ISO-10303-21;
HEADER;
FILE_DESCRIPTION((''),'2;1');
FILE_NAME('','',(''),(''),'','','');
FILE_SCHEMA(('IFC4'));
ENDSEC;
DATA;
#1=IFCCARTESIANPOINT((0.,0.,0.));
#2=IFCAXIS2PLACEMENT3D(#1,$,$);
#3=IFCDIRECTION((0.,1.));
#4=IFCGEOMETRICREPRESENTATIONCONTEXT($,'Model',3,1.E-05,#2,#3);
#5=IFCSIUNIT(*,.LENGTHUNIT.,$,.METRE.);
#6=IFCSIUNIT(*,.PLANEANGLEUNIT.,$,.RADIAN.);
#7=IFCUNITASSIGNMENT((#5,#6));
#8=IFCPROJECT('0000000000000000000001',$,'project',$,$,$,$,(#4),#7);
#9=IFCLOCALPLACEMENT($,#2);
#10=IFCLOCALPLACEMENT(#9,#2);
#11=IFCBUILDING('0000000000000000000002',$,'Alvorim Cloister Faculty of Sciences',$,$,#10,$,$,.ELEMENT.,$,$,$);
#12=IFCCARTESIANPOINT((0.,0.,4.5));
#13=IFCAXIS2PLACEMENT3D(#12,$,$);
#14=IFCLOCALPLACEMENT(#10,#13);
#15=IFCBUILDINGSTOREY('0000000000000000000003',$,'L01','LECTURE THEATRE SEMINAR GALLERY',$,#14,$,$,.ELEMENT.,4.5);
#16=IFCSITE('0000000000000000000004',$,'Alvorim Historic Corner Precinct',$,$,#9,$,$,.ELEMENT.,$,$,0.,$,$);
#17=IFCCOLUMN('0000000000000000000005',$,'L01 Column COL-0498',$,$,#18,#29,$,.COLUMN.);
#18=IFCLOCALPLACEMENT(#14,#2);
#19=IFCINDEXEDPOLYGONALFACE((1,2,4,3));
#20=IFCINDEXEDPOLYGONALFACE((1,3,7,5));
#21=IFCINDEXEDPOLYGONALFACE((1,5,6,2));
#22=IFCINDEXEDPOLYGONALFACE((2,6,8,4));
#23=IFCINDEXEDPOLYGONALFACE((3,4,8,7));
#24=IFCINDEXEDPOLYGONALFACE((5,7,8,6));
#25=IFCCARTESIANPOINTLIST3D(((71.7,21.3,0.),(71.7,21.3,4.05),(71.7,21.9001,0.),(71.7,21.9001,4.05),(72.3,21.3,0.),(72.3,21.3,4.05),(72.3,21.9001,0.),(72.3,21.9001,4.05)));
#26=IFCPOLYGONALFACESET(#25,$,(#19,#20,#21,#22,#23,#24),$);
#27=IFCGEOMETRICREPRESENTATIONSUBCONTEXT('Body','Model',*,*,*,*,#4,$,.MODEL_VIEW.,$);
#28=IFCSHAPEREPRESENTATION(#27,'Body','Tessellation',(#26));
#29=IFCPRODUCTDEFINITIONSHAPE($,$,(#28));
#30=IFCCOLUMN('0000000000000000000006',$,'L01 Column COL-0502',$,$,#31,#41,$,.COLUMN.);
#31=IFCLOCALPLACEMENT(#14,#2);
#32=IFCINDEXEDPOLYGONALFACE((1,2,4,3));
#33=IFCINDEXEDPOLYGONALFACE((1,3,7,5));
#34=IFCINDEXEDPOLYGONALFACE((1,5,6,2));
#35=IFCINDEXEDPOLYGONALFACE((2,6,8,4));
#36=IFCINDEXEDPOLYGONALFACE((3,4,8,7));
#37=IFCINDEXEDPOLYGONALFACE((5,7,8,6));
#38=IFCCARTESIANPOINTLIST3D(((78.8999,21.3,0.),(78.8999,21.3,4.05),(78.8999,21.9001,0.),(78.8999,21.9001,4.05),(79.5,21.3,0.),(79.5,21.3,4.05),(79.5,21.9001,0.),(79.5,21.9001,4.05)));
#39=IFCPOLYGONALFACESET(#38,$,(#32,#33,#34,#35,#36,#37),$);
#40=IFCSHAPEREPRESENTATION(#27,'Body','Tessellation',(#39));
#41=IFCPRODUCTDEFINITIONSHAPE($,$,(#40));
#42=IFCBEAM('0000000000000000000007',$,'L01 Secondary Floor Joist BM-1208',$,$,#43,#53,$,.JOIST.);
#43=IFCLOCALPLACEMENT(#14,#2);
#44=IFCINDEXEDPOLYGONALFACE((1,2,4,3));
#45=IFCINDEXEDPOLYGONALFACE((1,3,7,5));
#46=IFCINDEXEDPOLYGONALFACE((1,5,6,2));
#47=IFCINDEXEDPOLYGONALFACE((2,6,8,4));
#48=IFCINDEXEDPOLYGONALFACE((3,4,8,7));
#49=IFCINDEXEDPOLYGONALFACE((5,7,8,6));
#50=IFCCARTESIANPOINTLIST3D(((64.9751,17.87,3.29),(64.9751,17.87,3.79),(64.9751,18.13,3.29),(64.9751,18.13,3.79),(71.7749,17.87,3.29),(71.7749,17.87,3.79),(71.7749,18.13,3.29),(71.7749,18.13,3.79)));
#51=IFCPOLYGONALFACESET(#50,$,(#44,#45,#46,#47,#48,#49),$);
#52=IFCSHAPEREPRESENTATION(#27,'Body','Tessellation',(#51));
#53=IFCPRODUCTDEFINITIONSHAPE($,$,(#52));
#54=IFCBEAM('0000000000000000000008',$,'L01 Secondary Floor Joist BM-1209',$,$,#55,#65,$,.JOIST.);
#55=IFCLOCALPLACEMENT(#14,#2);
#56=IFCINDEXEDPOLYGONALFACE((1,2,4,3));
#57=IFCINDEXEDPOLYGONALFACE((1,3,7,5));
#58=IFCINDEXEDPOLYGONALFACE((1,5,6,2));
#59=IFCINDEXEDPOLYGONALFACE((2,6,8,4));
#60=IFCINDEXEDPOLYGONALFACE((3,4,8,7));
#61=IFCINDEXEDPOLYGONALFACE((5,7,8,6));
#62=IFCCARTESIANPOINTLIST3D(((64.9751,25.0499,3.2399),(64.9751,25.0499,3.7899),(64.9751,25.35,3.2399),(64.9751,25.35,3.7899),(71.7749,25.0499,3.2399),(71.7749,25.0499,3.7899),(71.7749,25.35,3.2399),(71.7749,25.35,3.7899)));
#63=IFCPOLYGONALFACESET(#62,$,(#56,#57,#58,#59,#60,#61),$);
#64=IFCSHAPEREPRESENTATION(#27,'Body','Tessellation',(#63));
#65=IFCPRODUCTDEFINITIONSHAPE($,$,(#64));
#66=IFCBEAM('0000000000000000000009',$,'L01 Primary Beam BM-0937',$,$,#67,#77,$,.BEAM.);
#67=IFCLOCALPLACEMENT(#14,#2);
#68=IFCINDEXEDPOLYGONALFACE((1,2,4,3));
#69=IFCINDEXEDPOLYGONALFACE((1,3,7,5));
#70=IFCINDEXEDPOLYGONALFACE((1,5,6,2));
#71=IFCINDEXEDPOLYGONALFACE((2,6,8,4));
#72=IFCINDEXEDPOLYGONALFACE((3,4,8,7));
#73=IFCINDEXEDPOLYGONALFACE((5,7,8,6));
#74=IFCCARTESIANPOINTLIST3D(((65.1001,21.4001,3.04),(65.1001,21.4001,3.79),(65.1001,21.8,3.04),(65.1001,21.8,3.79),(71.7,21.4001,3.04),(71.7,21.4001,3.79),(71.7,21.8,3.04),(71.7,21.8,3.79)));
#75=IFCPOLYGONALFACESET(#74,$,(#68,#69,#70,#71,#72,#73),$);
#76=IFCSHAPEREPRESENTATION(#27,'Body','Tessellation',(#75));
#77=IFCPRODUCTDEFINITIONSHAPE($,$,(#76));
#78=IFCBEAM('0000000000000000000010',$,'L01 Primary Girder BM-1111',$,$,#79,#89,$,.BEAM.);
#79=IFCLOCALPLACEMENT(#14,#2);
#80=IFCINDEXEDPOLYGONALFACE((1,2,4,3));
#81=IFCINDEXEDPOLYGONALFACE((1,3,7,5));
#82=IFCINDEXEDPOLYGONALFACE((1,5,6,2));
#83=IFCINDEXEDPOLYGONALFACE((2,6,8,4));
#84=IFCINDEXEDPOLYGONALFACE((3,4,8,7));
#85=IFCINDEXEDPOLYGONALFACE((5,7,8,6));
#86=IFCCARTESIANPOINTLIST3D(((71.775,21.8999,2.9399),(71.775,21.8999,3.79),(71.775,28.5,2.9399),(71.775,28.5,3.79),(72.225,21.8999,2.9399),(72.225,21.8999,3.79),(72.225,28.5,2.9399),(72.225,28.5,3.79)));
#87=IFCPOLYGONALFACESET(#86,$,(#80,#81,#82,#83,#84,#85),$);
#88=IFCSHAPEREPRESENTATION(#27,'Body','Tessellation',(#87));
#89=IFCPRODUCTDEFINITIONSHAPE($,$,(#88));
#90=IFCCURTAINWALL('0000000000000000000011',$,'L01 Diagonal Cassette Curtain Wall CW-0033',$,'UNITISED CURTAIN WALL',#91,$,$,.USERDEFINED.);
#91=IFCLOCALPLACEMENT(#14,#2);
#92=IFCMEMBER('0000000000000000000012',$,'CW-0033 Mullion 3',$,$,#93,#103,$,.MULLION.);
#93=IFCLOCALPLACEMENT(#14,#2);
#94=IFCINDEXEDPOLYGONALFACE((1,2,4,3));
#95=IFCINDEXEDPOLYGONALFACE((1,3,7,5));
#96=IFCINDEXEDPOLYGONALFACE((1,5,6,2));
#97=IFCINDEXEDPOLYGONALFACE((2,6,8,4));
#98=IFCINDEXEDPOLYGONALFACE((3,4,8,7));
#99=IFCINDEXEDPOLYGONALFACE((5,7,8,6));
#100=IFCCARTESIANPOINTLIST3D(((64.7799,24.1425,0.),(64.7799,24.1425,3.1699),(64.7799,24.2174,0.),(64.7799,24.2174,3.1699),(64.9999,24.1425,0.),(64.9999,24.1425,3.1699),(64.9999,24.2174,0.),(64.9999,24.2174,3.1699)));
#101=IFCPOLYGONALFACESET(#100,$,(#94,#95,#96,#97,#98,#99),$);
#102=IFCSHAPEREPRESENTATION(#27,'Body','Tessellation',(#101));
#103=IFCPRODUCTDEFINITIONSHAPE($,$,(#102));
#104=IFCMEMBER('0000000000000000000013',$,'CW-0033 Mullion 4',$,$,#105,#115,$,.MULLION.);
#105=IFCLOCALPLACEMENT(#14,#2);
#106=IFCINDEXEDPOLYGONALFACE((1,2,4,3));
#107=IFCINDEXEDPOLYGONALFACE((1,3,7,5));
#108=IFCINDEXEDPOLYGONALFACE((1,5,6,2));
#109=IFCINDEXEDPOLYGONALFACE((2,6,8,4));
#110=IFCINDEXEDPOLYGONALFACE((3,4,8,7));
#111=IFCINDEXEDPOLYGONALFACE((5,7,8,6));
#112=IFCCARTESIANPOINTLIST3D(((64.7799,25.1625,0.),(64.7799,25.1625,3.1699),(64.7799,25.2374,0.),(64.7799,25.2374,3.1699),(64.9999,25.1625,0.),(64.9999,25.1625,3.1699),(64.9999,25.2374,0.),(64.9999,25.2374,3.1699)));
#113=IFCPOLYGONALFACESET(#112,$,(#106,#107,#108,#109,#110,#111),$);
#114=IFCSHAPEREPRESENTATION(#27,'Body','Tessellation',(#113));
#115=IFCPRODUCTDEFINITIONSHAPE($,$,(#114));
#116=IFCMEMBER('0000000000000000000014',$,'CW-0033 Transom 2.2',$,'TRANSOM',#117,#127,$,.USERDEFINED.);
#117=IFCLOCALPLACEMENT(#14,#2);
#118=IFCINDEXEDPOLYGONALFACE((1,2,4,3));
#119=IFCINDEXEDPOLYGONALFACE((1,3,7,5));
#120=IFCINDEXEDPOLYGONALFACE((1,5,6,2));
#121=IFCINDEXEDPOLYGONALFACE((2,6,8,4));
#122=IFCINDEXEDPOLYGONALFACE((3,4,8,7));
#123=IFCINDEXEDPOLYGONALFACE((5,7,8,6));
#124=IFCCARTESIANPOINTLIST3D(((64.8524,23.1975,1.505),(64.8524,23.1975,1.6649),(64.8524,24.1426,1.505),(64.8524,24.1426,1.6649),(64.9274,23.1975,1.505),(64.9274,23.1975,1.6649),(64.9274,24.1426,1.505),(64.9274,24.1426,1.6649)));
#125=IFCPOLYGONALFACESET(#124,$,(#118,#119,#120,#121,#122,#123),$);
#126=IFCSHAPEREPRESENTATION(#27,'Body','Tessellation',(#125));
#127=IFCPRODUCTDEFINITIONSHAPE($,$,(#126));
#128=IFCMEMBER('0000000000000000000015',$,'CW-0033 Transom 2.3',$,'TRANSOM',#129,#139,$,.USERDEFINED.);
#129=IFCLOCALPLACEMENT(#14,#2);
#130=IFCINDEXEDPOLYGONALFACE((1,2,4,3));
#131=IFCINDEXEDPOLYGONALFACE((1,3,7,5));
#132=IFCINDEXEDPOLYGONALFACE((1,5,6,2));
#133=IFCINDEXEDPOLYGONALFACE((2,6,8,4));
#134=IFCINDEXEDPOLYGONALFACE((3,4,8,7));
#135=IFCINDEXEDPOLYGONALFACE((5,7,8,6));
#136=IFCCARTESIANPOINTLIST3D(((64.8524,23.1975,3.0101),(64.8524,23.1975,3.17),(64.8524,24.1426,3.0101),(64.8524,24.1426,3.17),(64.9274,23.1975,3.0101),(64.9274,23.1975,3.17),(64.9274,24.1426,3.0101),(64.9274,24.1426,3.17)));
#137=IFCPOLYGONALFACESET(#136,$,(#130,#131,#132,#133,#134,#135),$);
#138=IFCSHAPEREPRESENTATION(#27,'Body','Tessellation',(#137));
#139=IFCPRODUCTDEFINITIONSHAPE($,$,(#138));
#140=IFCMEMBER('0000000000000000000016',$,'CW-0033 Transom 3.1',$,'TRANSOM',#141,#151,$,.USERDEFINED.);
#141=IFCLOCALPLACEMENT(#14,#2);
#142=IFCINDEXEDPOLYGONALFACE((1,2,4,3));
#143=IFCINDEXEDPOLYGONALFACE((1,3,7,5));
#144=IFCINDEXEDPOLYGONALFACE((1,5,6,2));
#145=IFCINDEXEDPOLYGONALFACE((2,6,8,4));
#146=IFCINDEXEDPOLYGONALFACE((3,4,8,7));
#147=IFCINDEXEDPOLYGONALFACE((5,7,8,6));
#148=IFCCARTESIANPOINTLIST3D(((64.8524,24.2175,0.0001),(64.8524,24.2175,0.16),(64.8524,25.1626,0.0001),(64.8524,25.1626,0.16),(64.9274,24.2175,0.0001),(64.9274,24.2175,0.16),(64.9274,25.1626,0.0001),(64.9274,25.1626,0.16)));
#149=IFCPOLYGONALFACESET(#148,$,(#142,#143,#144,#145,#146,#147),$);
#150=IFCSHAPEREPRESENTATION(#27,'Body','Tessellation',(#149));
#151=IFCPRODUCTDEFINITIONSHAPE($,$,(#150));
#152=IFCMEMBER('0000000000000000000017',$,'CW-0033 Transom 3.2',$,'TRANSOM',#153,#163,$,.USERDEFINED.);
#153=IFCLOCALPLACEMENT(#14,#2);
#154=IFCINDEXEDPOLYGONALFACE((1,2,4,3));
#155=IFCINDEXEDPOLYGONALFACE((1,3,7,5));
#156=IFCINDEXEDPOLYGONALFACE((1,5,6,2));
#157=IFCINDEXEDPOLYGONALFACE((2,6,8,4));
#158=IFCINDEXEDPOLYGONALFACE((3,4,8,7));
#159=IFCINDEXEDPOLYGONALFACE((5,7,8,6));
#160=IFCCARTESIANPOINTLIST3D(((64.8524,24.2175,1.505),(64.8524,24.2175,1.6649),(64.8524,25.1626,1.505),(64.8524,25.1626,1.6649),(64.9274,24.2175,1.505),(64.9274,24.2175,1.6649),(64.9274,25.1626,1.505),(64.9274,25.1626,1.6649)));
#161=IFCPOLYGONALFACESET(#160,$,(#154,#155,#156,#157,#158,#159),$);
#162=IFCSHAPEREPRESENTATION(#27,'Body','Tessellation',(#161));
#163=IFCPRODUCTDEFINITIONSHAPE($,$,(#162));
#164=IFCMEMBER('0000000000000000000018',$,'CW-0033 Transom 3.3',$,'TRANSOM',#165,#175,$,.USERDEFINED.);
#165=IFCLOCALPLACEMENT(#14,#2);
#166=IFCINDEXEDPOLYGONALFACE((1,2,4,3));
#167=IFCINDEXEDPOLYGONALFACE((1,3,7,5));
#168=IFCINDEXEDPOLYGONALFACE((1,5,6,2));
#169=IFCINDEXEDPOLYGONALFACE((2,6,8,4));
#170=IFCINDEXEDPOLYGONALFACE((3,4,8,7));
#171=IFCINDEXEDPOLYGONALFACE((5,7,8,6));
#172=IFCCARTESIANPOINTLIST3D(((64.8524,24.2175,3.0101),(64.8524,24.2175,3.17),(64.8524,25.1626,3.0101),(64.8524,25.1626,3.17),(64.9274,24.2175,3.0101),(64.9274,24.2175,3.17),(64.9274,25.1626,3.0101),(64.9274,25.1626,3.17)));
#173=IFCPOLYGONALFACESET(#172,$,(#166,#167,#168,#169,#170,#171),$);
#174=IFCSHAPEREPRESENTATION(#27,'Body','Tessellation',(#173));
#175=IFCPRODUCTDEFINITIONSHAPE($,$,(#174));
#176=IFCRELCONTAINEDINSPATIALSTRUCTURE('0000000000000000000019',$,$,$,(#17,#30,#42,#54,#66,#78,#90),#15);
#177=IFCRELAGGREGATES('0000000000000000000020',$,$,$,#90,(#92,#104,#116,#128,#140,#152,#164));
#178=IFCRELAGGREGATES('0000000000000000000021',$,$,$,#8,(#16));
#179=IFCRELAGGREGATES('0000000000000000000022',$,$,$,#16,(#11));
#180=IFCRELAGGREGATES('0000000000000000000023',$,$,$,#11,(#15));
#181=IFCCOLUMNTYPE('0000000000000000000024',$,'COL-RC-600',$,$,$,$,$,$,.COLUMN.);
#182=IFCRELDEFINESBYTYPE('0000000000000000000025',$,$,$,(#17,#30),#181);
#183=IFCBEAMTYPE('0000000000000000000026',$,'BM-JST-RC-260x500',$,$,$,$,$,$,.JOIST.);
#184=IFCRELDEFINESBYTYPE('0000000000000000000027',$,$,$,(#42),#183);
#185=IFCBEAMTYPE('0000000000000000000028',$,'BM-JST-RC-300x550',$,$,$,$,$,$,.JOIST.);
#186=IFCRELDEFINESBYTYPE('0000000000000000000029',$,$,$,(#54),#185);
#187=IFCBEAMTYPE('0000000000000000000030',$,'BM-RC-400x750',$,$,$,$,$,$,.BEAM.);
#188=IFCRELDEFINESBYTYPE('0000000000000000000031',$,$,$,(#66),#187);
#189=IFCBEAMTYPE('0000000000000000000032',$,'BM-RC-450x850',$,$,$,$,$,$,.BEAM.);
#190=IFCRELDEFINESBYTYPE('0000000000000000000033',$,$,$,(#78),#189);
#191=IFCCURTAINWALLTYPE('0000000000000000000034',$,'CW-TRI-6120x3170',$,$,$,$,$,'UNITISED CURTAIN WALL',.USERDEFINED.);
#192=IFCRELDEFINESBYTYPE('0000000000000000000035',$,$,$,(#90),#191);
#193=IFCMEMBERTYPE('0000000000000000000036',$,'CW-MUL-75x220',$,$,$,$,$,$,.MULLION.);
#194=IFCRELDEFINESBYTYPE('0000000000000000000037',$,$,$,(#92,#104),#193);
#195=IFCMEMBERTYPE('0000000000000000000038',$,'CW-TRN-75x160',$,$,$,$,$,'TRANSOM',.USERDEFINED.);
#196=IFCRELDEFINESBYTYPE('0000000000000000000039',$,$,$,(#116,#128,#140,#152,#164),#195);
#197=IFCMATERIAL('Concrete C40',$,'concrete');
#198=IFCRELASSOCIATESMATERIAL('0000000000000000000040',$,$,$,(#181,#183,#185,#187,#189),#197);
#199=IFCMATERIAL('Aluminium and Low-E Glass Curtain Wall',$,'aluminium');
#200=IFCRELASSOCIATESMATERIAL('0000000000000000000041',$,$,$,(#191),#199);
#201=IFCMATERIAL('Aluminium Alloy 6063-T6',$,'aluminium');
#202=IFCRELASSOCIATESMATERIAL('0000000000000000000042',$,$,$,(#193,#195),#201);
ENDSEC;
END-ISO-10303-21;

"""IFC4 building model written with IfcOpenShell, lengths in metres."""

from ifc_helpers import new_model, si_unit, direction, frame, origin, origin_2d, place, context, subcontext, project, spatial, rectangle, extrude, material, material_profile, profile_set, type_object, element, aggregate, save


model = new_model("IFC4")

# Units and contexts
model_context = context("Model", 3, precision=1e-05, world=origin(), true_north=direction((0.0, 1.0)))
body_context = subcontext(model_context, "Body", "Model", "MODEL_VIEW")
ifc_project = project(units=[si_unit("LENGTHUNIT", "METRE"), si_unit("PLANEANGLEUNIT", "RADIAN")], contexts=[model_context])

# Site, building, storey
site_placement = place(None, origin())
site = spatial("IfcSite", under=ifc_project, at=site_placement, Name="Alvorim Historic Corner Precinct", CompositionType="ELEMENT", RefElevation=0.0)
building_placement = place(site_placement, origin())
building = spatial("IfcBuilding", under=site, at=building_placement, Name="Alvorim Cloister Faculty of Sciences", CompositionType="ELEMENT")
storey_placement = place(building_placement, frame((0.0, 0.0, 4.5)))
storey = spatial("IfcBuildingStorey", under=building, at=storey_placement, Name="L01", Description="LECTURE THEATRE SEMINAR GALLERY", CompositionType="ELEMENT", Elevation=4.5)

# Columns
ifc_material_1 = material(Name="Concrete C40", Category="concrete")
ifc_material_profile_1 = material_profile(ifc_material_1, rectangle(XDim=0.6001, YDim=0.6001, at=origin_2d()), Name="RC40-COL-600x600")
ifc_profile_set_1 = profile_set([ifc_material_profile_1], Name="Concrete C40")
column_type = type_object("IfcColumnType", Name="COL-RC-600", PredefinedType="COLUMN", material=ifc_profile_set_1)
for number, where, z_axis, x_axis, name in (
    (1, (72.0, 21.6001, 0.0), (0.0, 0.0, 1.0), (1.0, 0.0, 0.0), "L01 Column COL-0498"),
    (2, (79.2, 21.6001, 0.0), (0.0, 0.0, 1.0), (1.0, 0.0, 0.0), "L01 Column COL-0502"),
):
    element("IfcColumn", number, at=place(storey_placement, frame(where, z_axis=z_axis, x_axis=x_axis)), inside=storey, type_object=column_type, Name=name, PredefinedType="COLUMN", context=body_context, shape_type="SweptSolid", body=[
        extrude(rectangle(XDim=0.6001, YDim=0.6001, at=origin_2d()), origin(), (0.0, 0.0, 1.0), 4.05),
    ])

# Beams
ifc_material_profile_2 = material_profile(ifc_material_1, rectangle(XDim=0.26, YDim=0.5, at=origin_2d()), Name="RC40-JST-260x500")
ifc_profile_set_2 = profile_set([ifc_material_profile_2], Name="Concrete C40")
beam_type_1 = type_object("IfcBeamType", Name="BM-JST-RC-260x500", PredefinedType="JOIST", material=ifc_profile_set_2)
beam_1_placement = place(storey_placement, frame((64.9751, 18.0, 3.54), z_axis=(1.0, 0.0, 0.0), x_axis=(0.0, 1.0, 0.0)))
element("IfcBeam", 3, at=beam_1_placement, inside=storey, type_object=beam_type_1, Name="L01 Secondary Floor Joist BM-1208", PredefinedType="JOIST", context=body_context, shape_type="SweptSolid", body=[
    extrude(rectangle(XDim=0.26, YDim=0.5, at=origin_2d()), origin(), (0.0, 0.0, 1.0), 6.7998),
])
ifc_material_profile_3 = material_profile(ifc_material_1, rectangle(XDim=0.3, YDim=0.55, at=origin_2d()), Name="RC40-JST-300x550")
ifc_profile_set_3 = profile_set([ifc_material_profile_3], Name="Concrete C40")
beam_type_2 = type_object("IfcBeamType", Name="BM-JST-RC-300x550", PredefinedType="JOIST", material=ifc_profile_set_3)
beam_2_placement = place(storey_placement, frame((64.9751, 25.2, 3.5149), z_axis=(1.0, 0.0, 0.0), x_axis=(0.0, 1.0, 0.0)))
element("IfcBeam", 4, at=beam_2_placement, inside=storey, type_object=beam_type_2, Name="L01 Secondary Floor Joist BM-1209", PredefinedType="JOIST", context=body_context, shape_type="SweptSolid", body=[
    extrude(rectangle(XDim=0.3, YDim=0.55, at=origin_2d()), origin(), (0.0, 0.0, 1.0), 6.7998),
])
ifc_material_profile_4 = material_profile(ifc_material_1, rectangle(XDim=0.3999, YDim=0.75, at=origin_2d()), Name="RC40-BM-400x750")
ifc_profile_set_4 = profile_set([ifc_material_profile_4], Name="Concrete C40")
beam_type_3 = type_object("IfcBeamType", Name="BM-RC-400x750", PredefinedType="BEAM", material=ifc_profile_set_4)
beam_3_placement = place(storey_placement, frame((65.1001, 21.6001, 3.415), z_axis=(1.0, 0.0, 0.0), x_axis=(0.0, 1.0, 0.0)))
element("IfcBeam", 5, at=beam_3_placement, inside=storey, type_object=beam_type_3, Name="L01 Primary Beam BM-0937", PredefinedType="BEAM", context=body_context, shape_type="SweptSolid", body=[
    extrude(rectangle(XDim=0.3999, YDim=0.75, at=origin_2d()), origin(), (0.0, 0.0, 1.0), 6.5999),
])
ifc_material_profile_5 = material_profile(ifc_material_1, rectangle(XDim=0.45, YDim=0.8501, at=origin_2d()), Name="RC40-BM-450x850")
ifc_profile_set_5 = profile_set([ifc_material_profile_5], Name="Concrete C40")
beam_type_4 = type_object("IfcBeamType", Name="BM-RC-450x850", PredefinedType="BEAM", material=ifc_profile_set_5)
beam_4_placement = place(storey_placement, frame((72.0, 21.8999, 3.365), z_axis=(0.0, 1.0, 0.0), x_axis=(-1.0, 0.0, 0.0)))
element("IfcBeam", 6, at=beam_4_placement, inside=storey, type_object=beam_type_4, Name="L01 Primary Girder BM-1111", PredefinedType="BEAM", context=body_context, shape_type="SweptSolid", body=[
    extrude(rectangle(XDim=0.45, YDim=0.8501, at=origin_2d()), origin(), (0.0, 0.0, 1.0), 6.6001),
])

# Curtain wall, members
ifc_material_2 = material(Name="Aluminium and Low-E Glass Curtain Wall", Category="aluminium")
curtain_wall_type = type_object("IfcCurtainWallType", Name="CW-TRI-6120x3170", ElementType="UNITISED CURTAIN WALL", PredefinedType="USERDEFINED", material=ifc_material_2)
curtain_wall_placement = place(storey_placement, origin())
curtain_wall = element("IfcCurtainWall", 7, at=curtain_wall_placement, inside=storey, type_object=curtain_wall_type, Name="L01 Diagonal Cassette Curtain Wall CW-0033", ObjectType="UNITISED CURTAIN WALL", PredefinedType="USERDEFINED")
ifc_material_3 = material(Name="Aluminium Alloy 6063-T6", Category="aluminium")
ifc_material_profile_6 = material_profile(ifc_material_3, rectangle(XDim=0.075, YDim=0.22, at=origin_2d()), Name="ALU-MUL-75x220")
ifc_profile_set_6 = profile_set([ifc_material_profile_6], Name="Aluminium Alloy 6063-T6")
member_type_1 = type_object("IfcMemberType", Name="CW-MUL-75x220", PredefinedType="MULLION", material=ifc_profile_set_6)
member_1_placement = place(storey_placement, frame((64.8899, 24.1799, 0.0), z_axis=(0.0, 0.0, 1.0), x_axis=(0.0, 1.0, 0.0)))
member_1 = element("IfcMember", 8, at=member_1_placement, type_object=member_type_1, Name="CW-0033 Mullion 3", PredefinedType="MULLION", context=body_context, shape_type="SweptSolid", body=[
    extrude(rectangle(XDim=0.075, YDim=0.22, at=origin_2d()), origin(), (0.0, 0.0, 1.0), 3.1699),
])
member_2_placement = place(storey_placement, frame((64.8899, 25.2, 0.0), z_axis=(0.0, 0.0, 1.0), x_axis=(0.0, 1.0, 0.0)))
member_2 = element("IfcMember", 9, at=member_2_placement, type_object=member_type_1, Name="CW-0033 Mullion 4", PredefinedType="MULLION", context=body_context, shape_type="SweptSolid", body=[
    extrude(rectangle(XDim=0.075, YDim=0.22, at=origin_2d()), origin(), (0.0, 0.0, 1.0), 3.1699),
])
ifc_material_profile_7 = material_profile(ifc_material_3, rectangle(XDim=0.075, YDim=0.1599, at=origin_2d()), Name="ALU-TRN-75x160")
ifc_profile_set_7 = profile_set([ifc_material_profile_7], Name="Aluminium Alloy 6063-T6")
member_type_2 = type_object("IfcMemberType", Name="CW-TRN-75x160", ElementType="TRANSOM", PredefinedType="USERDEFINED", material=ifc_profile_set_7)
member_3_placement = place(storey_placement, frame((64.8899, 23.1975, 1.585), z_axis=(0.0, 1.0, 0.0), x_axis=(-1.0, 0.0, 0.0)))
member_3 = element("IfcMember", 10, at=member_3_placement, type_object=member_type_2, Name="CW-0033 Transom 2.2", ObjectType="TRANSOM", PredefinedType="USERDEFINED", context=body_context, shape_type="SweptSolid", body=[
    extrude(rectangle(XDim=0.075, YDim=0.1599, at=origin_2d()), origin(), (0.0, 0.0, 1.0), 0.9451),
])
member_4_placement = place(storey_placement, frame((64.8899, 23.1975, 3.0901), z_axis=(0.0, 1.0, 0.0), x_axis=(-1.0, 0.0, 0.0)))
member_4 = element("IfcMember", 11, at=member_4_placement, type_object=member_type_2, Name="CW-0033 Transom 2.3", ObjectType="TRANSOM", PredefinedType="USERDEFINED", context=body_context, shape_type="SweptSolid", body=[
    extrude(rectangle(XDim=0.075, YDim=0.1599, at=origin_2d()), origin(), (0.0, 0.0, 1.0), 0.9451),
])
member_5_placement = place(storey_placement, frame((64.8899, 24.2175, 0.0801), z_axis=(0.0, 1.0, 0.0), x_axis=(-1.0, 0.0, 0.0)))
member_5 = element("IfcMember", 12, at=member_5_placement, type_object=member_type_2, Name="CW-0033 Transom 3.1", ObjectType="TRANSOM", PredefinedType="USERDEFINED", context=body_context, shape_type="SweptSolid", body=[
    extrude(rectangle(XDim=0.075, YDim=0.1599, at=origin_2d()), origin(), (0.0, 0.0, 1.0), 0.9451),
])
member_6_placement = place(storey_placement, frame((64.8899, 24.2175, 1.585), z_axis=(0.0, 1.0, 0.0), x_axis=(-1.0, 0.0, 0.0)))
member_6 = element("IfcMember", 13, at=member_6_placement, type_object=member_type_2, Name="CW-0033 Transom 3.2", ObjectType="TRANSOM", PredefinedType="USERDEFINED", context=body_context, shape_type="SweptSolid", body=[
    extrude(rectangle(XDim=0.075, YDim=0.1599, at=origin_2d()), origin(), (0.0, 0.0, 1.0), 0.9451),
])
member_7_placement = place(storey_placement, frame((64.8899, 24.2175, 3.0901), z_axis=(0.0, 1.0, 0.0), x_axis=(-1.0, 0.0, 0.0)))
member_7 = element("IfcMember", 14, at=member_7_placement, type_object=member_type_2, Name="CW-0033 Transom 3.3", ObjectType="TRANSOM", PredefinedType="USERDEFINED", context=body_context, shape_type="SweptSolid", body=[
    extrude(rectangle(XDim=0.075, YDim=0.1599, at=origin_2d()), origin(), (0.0, 0.0, 1.0), 0.9451),
])
aggregate(curtain_wall, [member_1, member_2, member_3, member_4, member_5, member_6, member_7])

save(model, "model.ifc")
